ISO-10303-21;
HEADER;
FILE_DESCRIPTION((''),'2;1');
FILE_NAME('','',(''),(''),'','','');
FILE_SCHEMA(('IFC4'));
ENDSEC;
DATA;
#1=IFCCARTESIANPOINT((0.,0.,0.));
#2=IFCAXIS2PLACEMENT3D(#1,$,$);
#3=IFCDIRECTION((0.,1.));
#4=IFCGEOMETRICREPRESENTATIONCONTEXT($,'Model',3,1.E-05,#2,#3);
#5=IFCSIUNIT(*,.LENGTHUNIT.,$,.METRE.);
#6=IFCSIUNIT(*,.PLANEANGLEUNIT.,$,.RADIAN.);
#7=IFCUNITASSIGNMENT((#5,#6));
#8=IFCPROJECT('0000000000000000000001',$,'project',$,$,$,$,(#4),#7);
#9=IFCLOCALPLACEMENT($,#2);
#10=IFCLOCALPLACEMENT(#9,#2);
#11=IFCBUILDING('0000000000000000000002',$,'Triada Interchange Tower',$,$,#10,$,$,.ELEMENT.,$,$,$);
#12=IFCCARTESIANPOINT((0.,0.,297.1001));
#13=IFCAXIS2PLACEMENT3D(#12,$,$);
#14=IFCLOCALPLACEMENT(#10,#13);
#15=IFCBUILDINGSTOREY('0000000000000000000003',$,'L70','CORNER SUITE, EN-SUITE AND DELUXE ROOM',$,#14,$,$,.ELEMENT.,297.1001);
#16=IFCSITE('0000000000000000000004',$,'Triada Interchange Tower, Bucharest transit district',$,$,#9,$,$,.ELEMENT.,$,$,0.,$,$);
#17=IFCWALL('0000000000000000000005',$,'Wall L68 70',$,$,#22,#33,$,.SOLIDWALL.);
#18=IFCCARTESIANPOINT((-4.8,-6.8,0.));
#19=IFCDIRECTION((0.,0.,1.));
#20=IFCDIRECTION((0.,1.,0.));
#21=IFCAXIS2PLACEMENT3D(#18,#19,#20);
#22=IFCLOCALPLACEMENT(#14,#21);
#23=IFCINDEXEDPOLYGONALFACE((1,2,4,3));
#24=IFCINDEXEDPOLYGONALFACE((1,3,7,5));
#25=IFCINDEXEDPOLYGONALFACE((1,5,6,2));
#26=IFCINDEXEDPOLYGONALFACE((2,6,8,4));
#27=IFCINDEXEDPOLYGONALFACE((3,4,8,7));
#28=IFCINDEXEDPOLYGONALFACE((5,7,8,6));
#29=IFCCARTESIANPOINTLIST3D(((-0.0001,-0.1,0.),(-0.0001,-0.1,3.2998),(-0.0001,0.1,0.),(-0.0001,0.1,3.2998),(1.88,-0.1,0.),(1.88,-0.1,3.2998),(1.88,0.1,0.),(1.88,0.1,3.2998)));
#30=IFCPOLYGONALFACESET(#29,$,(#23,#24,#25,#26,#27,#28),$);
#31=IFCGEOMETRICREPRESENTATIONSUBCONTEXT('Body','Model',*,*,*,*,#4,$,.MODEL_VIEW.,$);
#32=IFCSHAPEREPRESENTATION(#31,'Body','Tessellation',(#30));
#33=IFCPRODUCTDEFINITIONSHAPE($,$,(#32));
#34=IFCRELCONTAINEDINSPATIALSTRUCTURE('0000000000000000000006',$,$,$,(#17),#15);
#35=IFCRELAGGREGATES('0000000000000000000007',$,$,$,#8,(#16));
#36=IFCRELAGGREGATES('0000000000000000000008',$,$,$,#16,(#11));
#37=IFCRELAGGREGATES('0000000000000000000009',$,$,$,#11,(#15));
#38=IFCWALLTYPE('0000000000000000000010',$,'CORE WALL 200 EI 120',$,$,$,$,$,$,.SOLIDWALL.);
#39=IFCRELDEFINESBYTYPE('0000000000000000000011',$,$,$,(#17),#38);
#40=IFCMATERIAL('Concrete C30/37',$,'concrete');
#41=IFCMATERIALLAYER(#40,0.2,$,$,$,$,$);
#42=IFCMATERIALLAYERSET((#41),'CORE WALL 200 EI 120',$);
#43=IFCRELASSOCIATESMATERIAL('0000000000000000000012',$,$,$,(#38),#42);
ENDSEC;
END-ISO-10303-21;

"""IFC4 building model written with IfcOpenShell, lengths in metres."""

from ifc_helpers import new_model, si_unit, direction, frame, frame_2d, origin, place, context, subcontext, project, spatial, rectangle, extrude, material, layer, layer_set, type_object, element, save


model = new_model("IFC4")

# Units and contexts
model_context = context("Model", 3, precision=1e-05, world=origin(), true_north=direction((0.0, 1.0)))
body_context = subcontext(model_context, "Body", "Model", "MODEL_VIEW")
ifc_project = project(units=[si_unit("LENGTHUNIT", "METRE"), si_unit("PLANEANGLEUNIT", "RADIAN")], contexts=[model_context])

# Site, building, storey
site_placement = place(None, origin())
site = spatial("IfcSite", under=ifc_project, at=site_placement, Name="Triada Interchange Tower, Bucharest transit district", CompositionType="ELEMENT", RefElevation=0.0)
building_placement = place(site_placement, origin())
building = spatial("IfcBuilding", under=site, at=building_placement, Name="Triada Interchange Tower", CompositionType="ELEMENT")
storey_placement = place(building_placement, frame((0.0, 0.0, 297.1001)))
storey = spatial("IfcBuildingStorey", under=building, at=storey_placement, Name="L70", Description="CORNER SUITE, EN-SUITE AND DELUXE ROOM", CompositionType="ELEMENT", Elevation=297.1001)

# Wall
ifc_material_1 = material(Name="Concrete C30/37", Category="concrete")
ifc_layer_1 = layer(ifc_material_1, 0.2)
ifc_layer_set_1 = layer_set([ifc_layer_1], Name="CORE WALL 200 EI 120")
wall_type_1 = type_object("IfcWallType", Name="CORE WALL 200 EI 120", PredefinedType="SOLIDWALL", material=ifc_layer_set_1)
wall_1_placement = place(storey_placement, frame((-4.8, -6.8, 0.0), z_axis=(0.0, 0.0, 1.0), x_axis=(0.0, 1.0, 0.0)))
element("IfcWall", 1, at=wall_1_placement, inside=storey, type_object=wall_type_1, Name="Wall L68 70", PredefinedType="SOLIDWALL", context=body_context, shape_type="SweptSolid", body=[
    extrude(rectangle(XDim=1.8801, YDim=0.2, at=frame_2d((0.9399, 0.0))), origin(), (0.0, 0.0, 1.0), 3.2998),
])

save(model, "model.ifc")
